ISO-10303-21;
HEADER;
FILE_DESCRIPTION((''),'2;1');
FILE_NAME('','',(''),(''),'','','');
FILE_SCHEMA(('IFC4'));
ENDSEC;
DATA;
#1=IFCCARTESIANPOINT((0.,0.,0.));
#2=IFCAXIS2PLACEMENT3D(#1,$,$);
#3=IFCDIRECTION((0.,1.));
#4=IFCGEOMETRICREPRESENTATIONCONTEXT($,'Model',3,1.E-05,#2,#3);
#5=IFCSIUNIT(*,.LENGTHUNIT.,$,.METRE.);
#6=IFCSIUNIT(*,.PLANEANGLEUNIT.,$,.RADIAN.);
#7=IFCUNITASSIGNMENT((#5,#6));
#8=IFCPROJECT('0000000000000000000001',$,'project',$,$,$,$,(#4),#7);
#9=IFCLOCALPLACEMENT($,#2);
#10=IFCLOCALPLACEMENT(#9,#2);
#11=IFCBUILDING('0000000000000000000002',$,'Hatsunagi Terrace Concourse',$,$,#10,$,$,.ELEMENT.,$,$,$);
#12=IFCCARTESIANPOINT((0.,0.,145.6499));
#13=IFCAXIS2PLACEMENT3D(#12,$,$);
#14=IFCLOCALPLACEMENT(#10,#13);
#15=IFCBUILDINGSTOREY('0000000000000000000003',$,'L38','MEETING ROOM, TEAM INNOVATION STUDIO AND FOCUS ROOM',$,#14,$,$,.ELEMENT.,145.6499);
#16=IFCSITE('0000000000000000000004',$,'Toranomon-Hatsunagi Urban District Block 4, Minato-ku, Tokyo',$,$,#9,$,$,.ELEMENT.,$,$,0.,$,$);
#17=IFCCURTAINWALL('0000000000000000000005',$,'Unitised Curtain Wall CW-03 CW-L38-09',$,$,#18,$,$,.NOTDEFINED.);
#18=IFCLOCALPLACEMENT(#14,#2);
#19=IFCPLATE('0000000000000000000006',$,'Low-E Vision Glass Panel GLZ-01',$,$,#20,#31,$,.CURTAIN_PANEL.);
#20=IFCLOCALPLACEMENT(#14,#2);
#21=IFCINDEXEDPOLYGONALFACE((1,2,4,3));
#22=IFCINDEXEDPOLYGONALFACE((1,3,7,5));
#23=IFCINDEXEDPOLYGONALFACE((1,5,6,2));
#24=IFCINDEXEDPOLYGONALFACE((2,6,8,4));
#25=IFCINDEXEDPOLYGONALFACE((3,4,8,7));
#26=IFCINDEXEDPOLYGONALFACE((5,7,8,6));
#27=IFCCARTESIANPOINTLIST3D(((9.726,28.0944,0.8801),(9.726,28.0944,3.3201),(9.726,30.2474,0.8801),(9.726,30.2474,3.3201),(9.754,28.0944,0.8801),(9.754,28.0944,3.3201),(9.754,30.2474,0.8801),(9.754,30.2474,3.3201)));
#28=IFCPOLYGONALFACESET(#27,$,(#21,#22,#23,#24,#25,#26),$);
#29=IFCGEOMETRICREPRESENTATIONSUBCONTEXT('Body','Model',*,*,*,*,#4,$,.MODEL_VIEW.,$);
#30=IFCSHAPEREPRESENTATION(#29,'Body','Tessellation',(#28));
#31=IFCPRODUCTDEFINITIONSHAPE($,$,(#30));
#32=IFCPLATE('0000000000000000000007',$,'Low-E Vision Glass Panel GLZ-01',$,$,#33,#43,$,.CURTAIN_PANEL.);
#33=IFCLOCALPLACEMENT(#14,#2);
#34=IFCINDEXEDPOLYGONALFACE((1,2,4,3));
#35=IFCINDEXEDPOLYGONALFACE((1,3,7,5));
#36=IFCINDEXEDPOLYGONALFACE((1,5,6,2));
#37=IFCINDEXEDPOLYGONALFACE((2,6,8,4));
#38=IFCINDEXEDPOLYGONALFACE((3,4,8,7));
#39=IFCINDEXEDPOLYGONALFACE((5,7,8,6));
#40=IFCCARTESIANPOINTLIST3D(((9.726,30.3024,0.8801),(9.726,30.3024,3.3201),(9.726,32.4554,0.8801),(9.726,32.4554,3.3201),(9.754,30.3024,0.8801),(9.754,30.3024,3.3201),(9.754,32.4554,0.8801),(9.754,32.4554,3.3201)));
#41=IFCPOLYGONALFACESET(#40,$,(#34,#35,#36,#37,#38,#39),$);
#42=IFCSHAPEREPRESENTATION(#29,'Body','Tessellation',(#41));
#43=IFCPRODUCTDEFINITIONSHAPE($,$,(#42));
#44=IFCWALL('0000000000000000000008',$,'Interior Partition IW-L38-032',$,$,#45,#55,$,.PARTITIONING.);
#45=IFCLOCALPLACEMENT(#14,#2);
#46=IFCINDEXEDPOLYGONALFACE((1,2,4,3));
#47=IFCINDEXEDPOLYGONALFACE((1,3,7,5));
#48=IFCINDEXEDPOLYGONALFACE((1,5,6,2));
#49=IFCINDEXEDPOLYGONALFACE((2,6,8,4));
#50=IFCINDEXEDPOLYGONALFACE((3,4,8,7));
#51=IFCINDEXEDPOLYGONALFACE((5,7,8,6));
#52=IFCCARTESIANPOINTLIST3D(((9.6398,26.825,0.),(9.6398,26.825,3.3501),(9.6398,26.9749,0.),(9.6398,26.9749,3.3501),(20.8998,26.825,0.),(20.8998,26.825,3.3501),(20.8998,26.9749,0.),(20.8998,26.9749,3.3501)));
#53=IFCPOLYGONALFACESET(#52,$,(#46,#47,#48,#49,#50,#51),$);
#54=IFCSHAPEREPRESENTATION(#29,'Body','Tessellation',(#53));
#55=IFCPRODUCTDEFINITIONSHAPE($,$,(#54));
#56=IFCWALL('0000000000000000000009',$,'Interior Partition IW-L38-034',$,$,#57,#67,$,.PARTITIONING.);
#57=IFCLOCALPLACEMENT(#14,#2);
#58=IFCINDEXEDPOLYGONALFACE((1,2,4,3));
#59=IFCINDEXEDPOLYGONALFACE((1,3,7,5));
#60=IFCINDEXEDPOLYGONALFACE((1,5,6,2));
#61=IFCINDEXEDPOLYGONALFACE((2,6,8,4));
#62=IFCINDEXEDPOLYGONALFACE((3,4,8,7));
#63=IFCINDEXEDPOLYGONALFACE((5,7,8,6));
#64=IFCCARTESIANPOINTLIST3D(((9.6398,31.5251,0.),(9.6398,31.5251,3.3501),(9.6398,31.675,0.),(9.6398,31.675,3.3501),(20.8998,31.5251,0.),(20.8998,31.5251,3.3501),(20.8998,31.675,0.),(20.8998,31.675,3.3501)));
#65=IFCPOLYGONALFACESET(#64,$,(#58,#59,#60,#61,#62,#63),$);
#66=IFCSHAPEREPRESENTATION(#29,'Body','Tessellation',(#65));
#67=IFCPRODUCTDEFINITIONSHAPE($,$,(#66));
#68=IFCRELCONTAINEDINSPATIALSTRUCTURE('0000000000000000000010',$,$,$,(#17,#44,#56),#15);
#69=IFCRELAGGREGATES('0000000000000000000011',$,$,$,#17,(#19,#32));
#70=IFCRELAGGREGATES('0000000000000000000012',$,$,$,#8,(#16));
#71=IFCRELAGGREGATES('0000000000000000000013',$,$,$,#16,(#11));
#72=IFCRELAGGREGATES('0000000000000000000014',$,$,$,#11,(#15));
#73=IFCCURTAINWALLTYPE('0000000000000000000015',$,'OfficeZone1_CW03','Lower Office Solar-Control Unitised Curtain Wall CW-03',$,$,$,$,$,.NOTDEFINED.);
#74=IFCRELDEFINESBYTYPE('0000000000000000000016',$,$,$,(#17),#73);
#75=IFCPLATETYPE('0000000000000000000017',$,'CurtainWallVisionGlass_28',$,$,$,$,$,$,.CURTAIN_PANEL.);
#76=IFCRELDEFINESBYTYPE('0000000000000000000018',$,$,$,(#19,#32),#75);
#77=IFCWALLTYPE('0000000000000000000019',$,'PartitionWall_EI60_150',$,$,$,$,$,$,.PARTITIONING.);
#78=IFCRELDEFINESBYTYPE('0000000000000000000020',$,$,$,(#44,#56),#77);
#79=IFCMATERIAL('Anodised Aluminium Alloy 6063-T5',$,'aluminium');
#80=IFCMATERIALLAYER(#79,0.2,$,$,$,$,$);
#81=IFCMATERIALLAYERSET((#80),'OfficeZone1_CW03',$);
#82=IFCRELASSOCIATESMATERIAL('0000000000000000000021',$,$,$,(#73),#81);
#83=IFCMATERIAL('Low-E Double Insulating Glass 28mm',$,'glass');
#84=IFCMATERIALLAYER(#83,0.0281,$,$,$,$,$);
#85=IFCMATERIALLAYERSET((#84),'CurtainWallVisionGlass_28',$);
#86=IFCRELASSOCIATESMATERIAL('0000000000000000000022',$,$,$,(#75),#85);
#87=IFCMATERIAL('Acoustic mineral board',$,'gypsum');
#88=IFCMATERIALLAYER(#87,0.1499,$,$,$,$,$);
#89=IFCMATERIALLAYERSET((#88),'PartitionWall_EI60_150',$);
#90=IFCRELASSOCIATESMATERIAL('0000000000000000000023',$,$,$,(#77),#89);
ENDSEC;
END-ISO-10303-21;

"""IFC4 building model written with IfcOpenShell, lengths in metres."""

from ifc_helpers import new_model, si_unit, direction, frame, frame_2d, origin, origin_2d, place, context, subcontext, project, spatial, rectangle, extrude, material, layer, layer_set, type_object, element, aggregate, save


model = new_model("IFC4")

# Units and contexts
model_context = context("Model", 3, precision=1e-05, world=origin(), true_north=direction((0.0, 1.0)))
body_context = subcontext(model_context, "Body", "Model", "MODEL_VIEW")
ifc_project = project(units=[si_unit("LENGTHUNIT", "METRE"), si_unit("PLANEANGLEUNIT", "RADIAN")], contexts=[model_context])

# Site, building, storey
site_placement = place(None, origin())
site = spatial("IfcSite", under=ifc_project, at=site_placement, Name="Toranomon-Hatsunagi Urban District Block 4, Minato-ku, Tokyo", CompositionType="ELEMENT", RefElevation=0.0)
building_placement = place(site_placement, origin())
building = spatial("IfcBuilding", under=site, at=building_placement, Name="Hatsunagi Terrace Concourse", CompositionType="ELEMENT")
storey_placement = place(building_placement, frame((0.0, 0.0, 145.6499)))
storey = spatial("IfcBuildingStorey", under=building, at=storey_placement, Name="L38", Description="MEETING ROOM, TEAM INNOVATION STUDIO AND FOCUS ROOM", CompositionType="ELEMENT", Elevation=145.6499)

# Curtain wall
ifc_material_1 = material(Name="Anodised Aluminium Alloy 6063-T5", Category="aluminium")
ifc_layer_1 = layer(ifc_material_1, 0.2)
ifc_layer_set_1 = layer_set([ifc_layer_1], Name="OfficeZone1_CW03")
curtain_wall_type = type_object("IfcCurtainWallType", Name="OfficeZone1_CW03", Description="Lower Office Solar-Control Unitised Curtain Wall CW-03", PredefinedType="NOTDEFINED", material=ifc_layer_set_1)
curtain_wall_placement = place(storey_placement, origin())
curtain_wall = element("IfcCurtainWall", 1, at=curtain_wall_placement, inside=storey, type_object=curtain_wall_type, Name="Unitised Curtain Wall CW-03 CW-L38-09", PredefinedType="NOTDEFINED")

# Plates
ifc_material_2 = material(Name="Low-E Double Insulating Glass 28mm", Category="glass")
ifc_layer_2 = layer(ifc_material_2, 0.0281)
ifc_layer_set_2 = layer_set([ifc_layer_2], Name="CurtainWallVisionGlass_28")
plate_type_1 = type_object("IfcPlateType", Name="CurtainWallVisionGlass_28", PredefinedType="CURTAIN_PANEL", material=ifc_layer_set_2)
plate_1_placement = place(storey_placement, frame((9.74, 29.1709, 0.8801), z_axis=(0.0, 0.0, 1.0), x_axis=(0.0, 1.0, 0.0)))
plate_1 = element("IfcPlate", 2, at=plate_1_placement, type_object=plate_type_1, Name="Low-E Vision Glass Panel GLZ-01", PredefinedType="CURTAIN_PANEL", context=body_context, shape_type="SweptSolid", body=[
    extrude(rectangle(XDim=2.1531, YDim=0.0281, at=origin_2d()), origin(), (0.0, 0.0, 1.0), 2.4399),
])
plate_2_placement = place(storey_placement, frame((9.74, 31.3789, 0.8801), z_axis=(0.0, 0.0, 1.0), x_axis=(0.0, 1.0, 0.0)))
plate_2 = element("IfcPlate", 3, at=plate_2_placement, type_object=plate_type_1, Name="Low-E Vision Glass Panel GLZ-01", PredefinedType="CURTAIN_PANEL", context=body_context, shape_type="SweptSolid", body=[
    extrude(rectangle(XDim=2.1531, YDim=0.0281, at=origin_2d()), origin(), (0.0, 0.0, 1.0), 2.4399),
])
aggregate(curtain_wall, [plate_1, plate_2])

# Walls
ifc_material_3 = material(Name="Acoustic mineral board", Category="gypsum")
ifc_layer_3 = layer(ifc_material_3, 0.1499)
ifc_layer_set_3 = layer_set([ifc_layer_3], Name="PartitionWall_EI60_150")
wall_type = type_object("IfcWallType", Name="PartitionWall_EI60_150", PredefinedType="PARTITIONING", material=ifc_layer_set_3)
for number, where, z_axis, x_axis, name in (
    (4, (9.6399, 26.8999, 0.0), (0.0, 0.0, 1.0), (1.0, 0.0, 0.0), "Interior Partition IW-L38-032"),
    (5, (9.6399, 31.6001, 0.0), (0.0, 0.0, 1.0), (1.0, 0.0, 0.0), "Interior Partition IW-L38-034"),
):
    element("IfcWall", number, at=place(storey_placement, frame(where, z_axis=z_axis, x_axis=x_axis)), inside=storey, type_object=wall_type, Name=name, PredefinedType="PARTITIONING", context=body_context, shape_type="SweptSolid", body=[
        extrude(rectangle(XDim=11.26, YDim=0.1499, at=frame_2d((5.6299, 0.0))), origin(), (0.0, 0.0, 1.0), 3.3501),
    ])

save(model, "model.ifc")
